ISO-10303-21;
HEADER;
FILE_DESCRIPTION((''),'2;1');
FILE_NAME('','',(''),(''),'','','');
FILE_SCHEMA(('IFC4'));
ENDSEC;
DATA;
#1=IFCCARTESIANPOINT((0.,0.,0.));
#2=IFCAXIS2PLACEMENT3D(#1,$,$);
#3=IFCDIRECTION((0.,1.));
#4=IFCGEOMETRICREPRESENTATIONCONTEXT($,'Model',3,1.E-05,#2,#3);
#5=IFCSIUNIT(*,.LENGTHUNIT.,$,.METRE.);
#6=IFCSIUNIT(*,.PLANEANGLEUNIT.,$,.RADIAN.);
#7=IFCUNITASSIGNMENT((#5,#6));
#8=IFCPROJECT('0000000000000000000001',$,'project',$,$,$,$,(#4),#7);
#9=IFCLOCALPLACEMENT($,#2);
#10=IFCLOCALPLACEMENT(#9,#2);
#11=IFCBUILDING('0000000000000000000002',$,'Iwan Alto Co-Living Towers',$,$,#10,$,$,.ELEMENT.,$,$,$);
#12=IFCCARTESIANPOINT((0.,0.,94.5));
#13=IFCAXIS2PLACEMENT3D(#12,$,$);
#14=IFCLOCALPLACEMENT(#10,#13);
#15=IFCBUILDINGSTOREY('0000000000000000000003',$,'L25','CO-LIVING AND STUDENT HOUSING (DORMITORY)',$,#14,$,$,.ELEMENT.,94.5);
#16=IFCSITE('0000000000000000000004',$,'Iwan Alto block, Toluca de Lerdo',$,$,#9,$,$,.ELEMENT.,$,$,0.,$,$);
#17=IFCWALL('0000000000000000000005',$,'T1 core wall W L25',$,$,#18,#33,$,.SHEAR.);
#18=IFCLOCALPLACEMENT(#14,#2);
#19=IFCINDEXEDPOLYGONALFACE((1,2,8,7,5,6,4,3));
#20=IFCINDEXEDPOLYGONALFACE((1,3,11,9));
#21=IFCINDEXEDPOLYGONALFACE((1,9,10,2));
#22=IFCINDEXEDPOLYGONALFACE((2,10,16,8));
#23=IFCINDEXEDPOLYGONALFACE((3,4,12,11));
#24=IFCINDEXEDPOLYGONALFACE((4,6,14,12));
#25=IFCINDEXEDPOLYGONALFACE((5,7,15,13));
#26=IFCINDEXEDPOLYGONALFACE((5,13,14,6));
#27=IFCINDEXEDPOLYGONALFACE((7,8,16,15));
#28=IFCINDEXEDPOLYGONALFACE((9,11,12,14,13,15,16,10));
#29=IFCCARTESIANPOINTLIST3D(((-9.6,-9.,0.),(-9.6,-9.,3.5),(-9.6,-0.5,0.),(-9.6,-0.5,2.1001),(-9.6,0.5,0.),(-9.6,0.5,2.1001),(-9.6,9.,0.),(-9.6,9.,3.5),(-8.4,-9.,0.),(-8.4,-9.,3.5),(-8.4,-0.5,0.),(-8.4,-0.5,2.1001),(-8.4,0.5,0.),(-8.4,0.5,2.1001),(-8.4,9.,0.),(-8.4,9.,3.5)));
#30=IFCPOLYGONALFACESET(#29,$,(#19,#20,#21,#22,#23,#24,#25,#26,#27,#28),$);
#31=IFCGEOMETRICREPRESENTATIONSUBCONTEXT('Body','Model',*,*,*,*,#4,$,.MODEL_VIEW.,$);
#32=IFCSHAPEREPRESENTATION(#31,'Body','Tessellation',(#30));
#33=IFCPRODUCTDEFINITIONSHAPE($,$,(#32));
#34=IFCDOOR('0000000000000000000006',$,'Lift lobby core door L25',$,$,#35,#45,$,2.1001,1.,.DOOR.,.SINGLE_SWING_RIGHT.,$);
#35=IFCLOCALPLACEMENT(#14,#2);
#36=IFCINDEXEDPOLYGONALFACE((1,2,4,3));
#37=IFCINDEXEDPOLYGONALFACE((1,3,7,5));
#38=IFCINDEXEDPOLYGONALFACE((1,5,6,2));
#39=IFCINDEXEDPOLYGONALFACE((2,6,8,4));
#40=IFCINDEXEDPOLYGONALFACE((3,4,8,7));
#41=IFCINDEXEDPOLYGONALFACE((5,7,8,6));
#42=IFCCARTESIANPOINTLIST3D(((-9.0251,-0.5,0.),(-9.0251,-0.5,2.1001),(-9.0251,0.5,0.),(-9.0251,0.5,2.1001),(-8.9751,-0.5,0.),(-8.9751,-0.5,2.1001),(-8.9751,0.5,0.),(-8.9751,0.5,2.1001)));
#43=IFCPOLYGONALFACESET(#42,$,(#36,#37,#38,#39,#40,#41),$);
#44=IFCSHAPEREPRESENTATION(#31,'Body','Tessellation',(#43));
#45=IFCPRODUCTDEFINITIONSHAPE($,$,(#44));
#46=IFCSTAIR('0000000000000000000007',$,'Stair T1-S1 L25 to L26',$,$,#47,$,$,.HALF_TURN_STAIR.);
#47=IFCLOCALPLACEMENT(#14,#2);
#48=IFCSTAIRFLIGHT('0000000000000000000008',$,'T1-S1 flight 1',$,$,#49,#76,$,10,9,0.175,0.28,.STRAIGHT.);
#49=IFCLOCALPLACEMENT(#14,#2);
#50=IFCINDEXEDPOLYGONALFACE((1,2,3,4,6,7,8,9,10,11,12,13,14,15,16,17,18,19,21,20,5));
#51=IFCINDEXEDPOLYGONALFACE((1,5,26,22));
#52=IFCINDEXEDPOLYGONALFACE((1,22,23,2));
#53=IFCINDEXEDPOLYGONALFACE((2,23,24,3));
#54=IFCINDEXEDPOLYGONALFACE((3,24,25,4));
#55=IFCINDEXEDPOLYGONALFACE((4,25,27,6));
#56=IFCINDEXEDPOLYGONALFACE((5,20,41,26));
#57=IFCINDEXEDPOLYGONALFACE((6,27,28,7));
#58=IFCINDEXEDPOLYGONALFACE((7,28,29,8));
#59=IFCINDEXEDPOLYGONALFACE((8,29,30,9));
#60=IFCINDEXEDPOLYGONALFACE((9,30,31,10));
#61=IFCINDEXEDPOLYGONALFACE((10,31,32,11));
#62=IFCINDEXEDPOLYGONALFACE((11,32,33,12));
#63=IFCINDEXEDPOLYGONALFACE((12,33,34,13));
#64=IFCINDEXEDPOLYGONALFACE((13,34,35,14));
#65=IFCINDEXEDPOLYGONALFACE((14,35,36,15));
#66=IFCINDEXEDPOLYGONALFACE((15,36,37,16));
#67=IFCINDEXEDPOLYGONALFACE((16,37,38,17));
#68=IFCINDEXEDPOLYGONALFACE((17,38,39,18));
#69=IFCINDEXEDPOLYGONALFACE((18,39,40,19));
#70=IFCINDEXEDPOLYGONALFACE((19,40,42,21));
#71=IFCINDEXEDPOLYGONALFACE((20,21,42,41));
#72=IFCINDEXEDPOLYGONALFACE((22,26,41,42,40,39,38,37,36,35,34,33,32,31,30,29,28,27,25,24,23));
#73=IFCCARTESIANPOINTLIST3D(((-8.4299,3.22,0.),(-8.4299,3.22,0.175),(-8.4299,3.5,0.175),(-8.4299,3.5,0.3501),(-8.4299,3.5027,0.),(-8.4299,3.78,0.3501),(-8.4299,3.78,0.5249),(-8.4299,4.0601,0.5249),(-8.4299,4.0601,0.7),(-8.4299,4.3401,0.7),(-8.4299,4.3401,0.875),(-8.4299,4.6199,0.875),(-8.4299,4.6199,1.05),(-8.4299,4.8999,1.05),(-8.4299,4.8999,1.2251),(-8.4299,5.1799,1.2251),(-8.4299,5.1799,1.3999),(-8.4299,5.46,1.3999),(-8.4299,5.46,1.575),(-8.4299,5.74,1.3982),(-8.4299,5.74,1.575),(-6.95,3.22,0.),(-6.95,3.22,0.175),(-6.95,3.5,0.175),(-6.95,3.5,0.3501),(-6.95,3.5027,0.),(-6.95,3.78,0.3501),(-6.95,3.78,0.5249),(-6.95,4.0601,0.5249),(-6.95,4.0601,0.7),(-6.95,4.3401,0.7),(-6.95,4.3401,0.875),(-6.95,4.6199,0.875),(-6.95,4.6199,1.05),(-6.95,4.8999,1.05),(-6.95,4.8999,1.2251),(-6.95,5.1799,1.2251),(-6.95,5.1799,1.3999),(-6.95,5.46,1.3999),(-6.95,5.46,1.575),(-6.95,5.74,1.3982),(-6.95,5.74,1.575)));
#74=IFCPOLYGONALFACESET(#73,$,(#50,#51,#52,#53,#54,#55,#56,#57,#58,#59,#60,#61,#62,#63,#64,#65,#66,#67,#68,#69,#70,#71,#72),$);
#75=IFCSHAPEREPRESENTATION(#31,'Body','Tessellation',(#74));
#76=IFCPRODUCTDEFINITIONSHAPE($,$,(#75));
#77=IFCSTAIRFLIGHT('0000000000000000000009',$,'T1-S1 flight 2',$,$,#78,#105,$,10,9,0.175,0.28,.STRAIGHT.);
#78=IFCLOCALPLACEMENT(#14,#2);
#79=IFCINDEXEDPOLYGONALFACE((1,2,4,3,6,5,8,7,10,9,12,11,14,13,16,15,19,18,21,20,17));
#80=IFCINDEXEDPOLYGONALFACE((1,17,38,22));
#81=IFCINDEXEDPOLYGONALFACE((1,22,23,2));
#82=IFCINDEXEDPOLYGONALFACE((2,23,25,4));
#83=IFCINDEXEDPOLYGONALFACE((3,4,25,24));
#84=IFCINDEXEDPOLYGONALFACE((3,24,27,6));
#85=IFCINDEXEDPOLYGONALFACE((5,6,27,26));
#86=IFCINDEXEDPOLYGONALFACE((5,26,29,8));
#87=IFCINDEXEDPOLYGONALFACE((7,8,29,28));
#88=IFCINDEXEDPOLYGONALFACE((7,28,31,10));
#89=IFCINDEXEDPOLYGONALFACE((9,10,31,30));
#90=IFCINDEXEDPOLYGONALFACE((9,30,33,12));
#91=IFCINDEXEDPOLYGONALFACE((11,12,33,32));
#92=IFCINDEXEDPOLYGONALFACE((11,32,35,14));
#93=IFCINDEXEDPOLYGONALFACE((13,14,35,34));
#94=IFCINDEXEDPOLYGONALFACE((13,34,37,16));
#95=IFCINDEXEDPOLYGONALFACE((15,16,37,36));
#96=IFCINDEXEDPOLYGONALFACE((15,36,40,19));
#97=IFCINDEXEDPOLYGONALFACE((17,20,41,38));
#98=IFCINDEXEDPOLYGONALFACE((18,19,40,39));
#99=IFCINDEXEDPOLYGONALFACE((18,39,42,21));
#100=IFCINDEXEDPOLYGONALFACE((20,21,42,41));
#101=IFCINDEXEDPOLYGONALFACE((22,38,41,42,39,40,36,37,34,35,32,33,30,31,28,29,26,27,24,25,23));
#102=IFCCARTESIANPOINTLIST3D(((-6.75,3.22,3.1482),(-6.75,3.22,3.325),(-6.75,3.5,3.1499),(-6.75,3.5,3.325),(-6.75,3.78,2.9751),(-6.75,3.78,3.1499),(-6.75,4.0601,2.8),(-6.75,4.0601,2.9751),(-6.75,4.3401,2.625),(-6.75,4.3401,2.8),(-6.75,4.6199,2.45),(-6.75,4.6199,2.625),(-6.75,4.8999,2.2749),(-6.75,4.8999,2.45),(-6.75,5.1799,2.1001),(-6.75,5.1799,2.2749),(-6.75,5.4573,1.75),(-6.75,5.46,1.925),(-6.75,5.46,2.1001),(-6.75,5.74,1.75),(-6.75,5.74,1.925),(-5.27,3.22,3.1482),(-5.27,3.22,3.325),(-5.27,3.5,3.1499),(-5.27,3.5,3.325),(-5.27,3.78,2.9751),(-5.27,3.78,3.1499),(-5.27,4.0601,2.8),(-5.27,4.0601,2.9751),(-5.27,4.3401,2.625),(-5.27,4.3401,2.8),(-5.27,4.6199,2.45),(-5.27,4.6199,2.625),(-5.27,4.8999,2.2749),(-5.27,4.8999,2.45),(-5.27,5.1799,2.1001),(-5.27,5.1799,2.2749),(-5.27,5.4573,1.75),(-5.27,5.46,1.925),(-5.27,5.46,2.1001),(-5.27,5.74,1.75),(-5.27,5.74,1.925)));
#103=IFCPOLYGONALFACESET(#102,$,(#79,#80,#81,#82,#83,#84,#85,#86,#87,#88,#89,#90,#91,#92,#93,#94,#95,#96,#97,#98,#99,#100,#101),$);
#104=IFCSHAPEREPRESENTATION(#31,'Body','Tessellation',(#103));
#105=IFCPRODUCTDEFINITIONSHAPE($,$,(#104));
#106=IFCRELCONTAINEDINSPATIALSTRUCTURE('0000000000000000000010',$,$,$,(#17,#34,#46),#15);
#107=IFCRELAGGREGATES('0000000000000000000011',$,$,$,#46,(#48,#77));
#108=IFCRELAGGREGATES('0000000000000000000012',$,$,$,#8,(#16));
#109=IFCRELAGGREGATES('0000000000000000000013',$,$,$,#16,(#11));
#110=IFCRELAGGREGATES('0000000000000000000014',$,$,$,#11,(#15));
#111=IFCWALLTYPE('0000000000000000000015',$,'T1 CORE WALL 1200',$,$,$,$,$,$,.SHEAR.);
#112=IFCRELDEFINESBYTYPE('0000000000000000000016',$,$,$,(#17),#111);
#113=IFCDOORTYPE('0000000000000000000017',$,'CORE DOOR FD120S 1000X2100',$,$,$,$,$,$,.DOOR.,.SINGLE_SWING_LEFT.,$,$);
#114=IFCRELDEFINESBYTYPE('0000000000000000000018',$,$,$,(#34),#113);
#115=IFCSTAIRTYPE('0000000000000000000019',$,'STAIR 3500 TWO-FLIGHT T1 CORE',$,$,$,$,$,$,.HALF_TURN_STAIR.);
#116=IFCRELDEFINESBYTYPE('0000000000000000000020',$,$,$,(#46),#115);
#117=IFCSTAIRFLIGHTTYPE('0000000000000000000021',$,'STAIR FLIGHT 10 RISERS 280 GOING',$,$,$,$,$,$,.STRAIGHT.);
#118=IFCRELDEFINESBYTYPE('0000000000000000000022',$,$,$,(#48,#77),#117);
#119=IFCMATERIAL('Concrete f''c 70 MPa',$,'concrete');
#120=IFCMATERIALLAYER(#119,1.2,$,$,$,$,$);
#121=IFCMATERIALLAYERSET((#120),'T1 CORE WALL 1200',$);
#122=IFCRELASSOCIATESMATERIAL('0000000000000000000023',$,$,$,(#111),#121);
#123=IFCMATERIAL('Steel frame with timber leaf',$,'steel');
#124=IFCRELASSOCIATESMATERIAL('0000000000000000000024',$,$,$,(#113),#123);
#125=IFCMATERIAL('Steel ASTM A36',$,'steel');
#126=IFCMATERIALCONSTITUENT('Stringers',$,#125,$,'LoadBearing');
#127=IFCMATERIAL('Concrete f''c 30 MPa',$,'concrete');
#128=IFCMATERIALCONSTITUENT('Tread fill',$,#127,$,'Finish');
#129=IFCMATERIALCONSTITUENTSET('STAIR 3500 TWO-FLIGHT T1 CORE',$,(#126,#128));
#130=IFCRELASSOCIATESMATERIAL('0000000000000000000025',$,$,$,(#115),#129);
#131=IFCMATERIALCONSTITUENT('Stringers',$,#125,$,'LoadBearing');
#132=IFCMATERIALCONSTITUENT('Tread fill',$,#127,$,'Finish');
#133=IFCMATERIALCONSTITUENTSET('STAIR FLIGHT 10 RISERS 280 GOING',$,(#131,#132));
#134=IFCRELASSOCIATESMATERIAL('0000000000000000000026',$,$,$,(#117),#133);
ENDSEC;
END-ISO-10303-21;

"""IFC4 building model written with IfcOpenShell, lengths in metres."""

from ifc_helpers import new_model, si_unit, direction, frame, frame_2d, origin, place, context, subcontext, project, spatial, polyline, rectangle, outline, extrude, material, layer, layer_set, constituent, constituent_set, type_object, element, fill, aggregate, save


model = new_model("IFC4")

# Units and contexts
model_context = context("Model", 3, precision=1e-05, world=origin(), true_north=direction((0.0, 1.0)))
body_context = subcontext(model_context, "Body", "Model", "MODEL_VIEW")
ifc_project = project(units=[si_unit("LENGTHUNIT", "METRE"), si_unit("PLANEANGLEUNIT", "RADIAN")], contexts=[model_context])

# Site, building, storey
site_placement = place(None, origin())
site = spatial("IfcSite", under=ifc_project, at=site_placement, Name="Iwan Alto block, Toluca de Lerdo", CompositionType="ELEMENT", RefElevation=0.0)
building_placement = place(site_placement, origin())
building = spatial("IfcBuilding", under=site, at=building_placement, Name="Iwan Alto Co-Living Towers", CompositionType="ELEMENT")
storey_placement = place(building_placement, frame((0.0, 0.0, 94.5)))
storey = spatial("IfcBuildingStorey", under=building, at=storey_placement, Name="L25", Description="CO-LIVING AND STUDENT HOUSING (DORMITORY)", CompositionType="ELEMENT", Elevation=94.5)

# Wall, opening, door
ifc_material_1 = material(Name="Concrete f'c 70 MPa", Category="concrete")
ifc_layer_1 = layer(ifc_material_1, 1.2)
ifc_layer_set_1 = layer_set([ifc_layer_1], Name="T1 CORE WALL 1200")
wall_type_1 = type_object("IfcWallType", Name="T1 CORE WALL 1200", PredefinedType="SHEAR", material=ifc_layer_set_1)
wall_1_placement = place(storey_placement, frame((-9.0, 9.0, 0.0), z_axis=(0.0, 0.0, 1.0), x_axis=(0.0, -1.0, 0.0)))
wall_1 = element("IfcWall", 1, at=wall_1_placement, inside=storey, type_object=wall_type_1, Name="T1 core wall W L25", PredefinedType="SHEAR", context=body_context, shape_type="SweptSolid", body=[
    extrude(rectangle(XDim=18.0, YDim=1.2, at=frame_2d((9.0, 0.0))), origin(), (0.0, 0.0, 1.0), 3.5),
])
opening_1_placement = place(wall_1_placement, frame((8.5, 0.0, 0.0)))
opening_1 = element("IfcOpeningElement", 2, at=opening_1_placement, cuts=wall_1, PredefinedType="OPENING", context=body_context, shape_type="SweptSolid", body=[
    extrude(rectangle(XDim=1.0, YDim=2.1001, at=frame_2d((0.5, 1.05))), frame((0.0, 0.6099, 0.0), z_axis=(0.0, -1.0, 0.0), x_axis=(1.0, 0.0, 0.0)), (0.0, 0.0, 1.0), 1.22),
])
ifc_material_2 = material(Name="Steel frame with timber leaf", Category="steel")
door_type_1 = type_object("IfcDoorType", Name="CORE DOOR FD120S 1000X2100", OperationType="SINGLE_SWING_LEFT", PredefinedType="DOOR", material=ifc_material_2)
door_1_placement = place(opening_1_placement, origin())
door_1 = element("IfcDoor", 3, at=door_1_placement, inside=storey, type_object=door_type_1, Name="Lift lobby core door L25", OperationType="SINGLE_SWING_RIGHT", OverallHeight=2.1001, OverallWidth=1.0, PredefinedType="DOOR", context=body_context, shape_type="SweptSolid", body=[
    extrude(rectangle(XDim=1.0, YDim=2.1001, at=frame_2d((0.5, 1.05))), frame((0.0, 0.0249, 0.0), z_axis=(0.0, -1.0, 0.0), x_axis=(1.0, 0.0, 0.0)), (0.0, 0.0, 1.0), 0.05),
])
fill(opening_1, door_1)

# Stair, stair flights
ifc_material_3 = material(Name="Steel ASTM A36", Category="steel")
ifc_constituent_1 = constituent(ifc_material_3, Name="Stringers", Category="LoadBearing")
ifc_material_4 = material(Name="Concrete f'c 30 MPa", Category="concrete")
ifc_constituent_2 = constituent(ifc_material_4, Name="Tread fill", Category="Finish")
ifc_constituent_set_1 = constituent_set(constituents=[ifc_constituent_1, ifc_constituent_2], Name="STAIR 3500 TWO-FLIGHT T1 CORE")
stair_type = type_object("IfcStairType", Name="STAIR 3500 TWO-FLIGHT T1 CORE", PredefinedType="HALF_TURN_STAIR", material=ifc_constituent_set_1)
stair_placement = place(storey_placement, origin())
stair = element("IfcStair", 4, at=stair_placement, inside=storey, type_object=stair_type, Name="Stair T1-S1 L25 to L26", PredefinedType="HALF_TURN_STAIR")
ifc_constituent_3 = constituent(ifc_material_3, Name="Stringers", Category="LoadBearing")
ifc_constituent_4 = constituent(ifc_material_4, Name="Tread fill", Category="Finish")
ifc_constituent_set_2 = constituent_set(constituents=[ifc_constituent_3, ifc_constituent_4], Name="STAIR FLIGHT 10 RISERS 280 GOING")
stair_flight_type = type_object("IfcStairFlightType", Name="STAIR FLIGHT 10 RISERS 280 GOING", PredefinedType="STRAIGHT", material=ifc_constituent_set_2)
stair_flight_1_placement = place(storey_placement, frame((-7.6899, 3.22, 0.0), z_axis=(0.0, 0.0, 1.0), x_axis=(0.0, 1.0, 0.0)))
stair_flight_1 = element("IfcStairFlight", 5, at=stair_flight_1_placement, type_object=stair_flight_type, Name="T1-S1 flight 1", NumberOfRisers=10, NumberOfTreads=9, PredefinedType="STRAIGHT", RiserHeight=0.175, TreadLength=0.28, context=body_context, shape_type="SweptSolid", body=[
    extrude(outline(polyline([(0.0, 0.0), (0.0, 0.175), (0.28, 0.175), (0.28, 0.3501), (0.5601, 0.3501), (0.5601, 0.5249), (0.8401, 0.5249), (0.8401, 0.7), (1.1201, 0.7), (1.1201, 0.875), (1.3999, 0.875), (1.3999, 1.05), (1.6799, 1.05), (1.6799, 1.2251), (1.96, 1.2251), (1.96, 1.3999), (2.24, 1.3999), (2.24, 1.575), (2.52, 1.575), (2.52, 1.75), (2.52, 1.3982), (0.2827, 0.0), (0.0, 0.0)])), frame((0.0, 0.74, 0.0), z_axis=(0.0, -1.0, 0.0), x_axis=(1.0, 0.0, 0.0)), (0.0, 0.0, 1.0), 1.48),
])
stair_flight_2_placement = place(storey_placement, frame((-6.01, 5.74, 1.75), z_axis=(0.0, 0.0, 1.0), x_axis=(0.0, -1.0, 0.0)))
stair_flight_2 = element("IfcStairFlight", 6, at=stair_flight_2_placement, type_object=stair_flight_type, Name="T1-S1 flight 2", NumberOfRisers=10, NumberOfTreads=9, PredefinedType="STRAIGHT", RiserHeight=0.175, TreadLength=0.28, context=body_context, shape_type="SweptSolid", body=[
    extrude(outline(polyline([(0.0, 0.0), (0.0, 0.175), (0.28, 0.175), (0.28, 0.3501), (0.5601, 0.3501), (0.5601, 0.5249), (0.8401, 0.5249), (0.8401, 0.7), (1.1201, 0.7), (1.1201, 0.875), (1.3999, 0.875), (1.3999, 1.05), (1.6799, 1.05), (1.6799, 1.2251), (1.96, 1.2251), (1.96, 1.3999), (2.24, 1.3999), (2.24, 1.575), (2.52, 1.575), (2.52, 1.75), (2.52, 1.3982), (0.2827, 0.0), (0.0, 0.0)])), frame((0.0, 0.74, 0.0), z_axis=(0.0, -1.0, 0.0), x_axis=(1.0, 0.0, 0.0)), (0.0, 0.0, 1.0), 1.48),
])
aggregate(stair, [stair_flight_1, stair_flight_2])

save(model, "model.ifc")
